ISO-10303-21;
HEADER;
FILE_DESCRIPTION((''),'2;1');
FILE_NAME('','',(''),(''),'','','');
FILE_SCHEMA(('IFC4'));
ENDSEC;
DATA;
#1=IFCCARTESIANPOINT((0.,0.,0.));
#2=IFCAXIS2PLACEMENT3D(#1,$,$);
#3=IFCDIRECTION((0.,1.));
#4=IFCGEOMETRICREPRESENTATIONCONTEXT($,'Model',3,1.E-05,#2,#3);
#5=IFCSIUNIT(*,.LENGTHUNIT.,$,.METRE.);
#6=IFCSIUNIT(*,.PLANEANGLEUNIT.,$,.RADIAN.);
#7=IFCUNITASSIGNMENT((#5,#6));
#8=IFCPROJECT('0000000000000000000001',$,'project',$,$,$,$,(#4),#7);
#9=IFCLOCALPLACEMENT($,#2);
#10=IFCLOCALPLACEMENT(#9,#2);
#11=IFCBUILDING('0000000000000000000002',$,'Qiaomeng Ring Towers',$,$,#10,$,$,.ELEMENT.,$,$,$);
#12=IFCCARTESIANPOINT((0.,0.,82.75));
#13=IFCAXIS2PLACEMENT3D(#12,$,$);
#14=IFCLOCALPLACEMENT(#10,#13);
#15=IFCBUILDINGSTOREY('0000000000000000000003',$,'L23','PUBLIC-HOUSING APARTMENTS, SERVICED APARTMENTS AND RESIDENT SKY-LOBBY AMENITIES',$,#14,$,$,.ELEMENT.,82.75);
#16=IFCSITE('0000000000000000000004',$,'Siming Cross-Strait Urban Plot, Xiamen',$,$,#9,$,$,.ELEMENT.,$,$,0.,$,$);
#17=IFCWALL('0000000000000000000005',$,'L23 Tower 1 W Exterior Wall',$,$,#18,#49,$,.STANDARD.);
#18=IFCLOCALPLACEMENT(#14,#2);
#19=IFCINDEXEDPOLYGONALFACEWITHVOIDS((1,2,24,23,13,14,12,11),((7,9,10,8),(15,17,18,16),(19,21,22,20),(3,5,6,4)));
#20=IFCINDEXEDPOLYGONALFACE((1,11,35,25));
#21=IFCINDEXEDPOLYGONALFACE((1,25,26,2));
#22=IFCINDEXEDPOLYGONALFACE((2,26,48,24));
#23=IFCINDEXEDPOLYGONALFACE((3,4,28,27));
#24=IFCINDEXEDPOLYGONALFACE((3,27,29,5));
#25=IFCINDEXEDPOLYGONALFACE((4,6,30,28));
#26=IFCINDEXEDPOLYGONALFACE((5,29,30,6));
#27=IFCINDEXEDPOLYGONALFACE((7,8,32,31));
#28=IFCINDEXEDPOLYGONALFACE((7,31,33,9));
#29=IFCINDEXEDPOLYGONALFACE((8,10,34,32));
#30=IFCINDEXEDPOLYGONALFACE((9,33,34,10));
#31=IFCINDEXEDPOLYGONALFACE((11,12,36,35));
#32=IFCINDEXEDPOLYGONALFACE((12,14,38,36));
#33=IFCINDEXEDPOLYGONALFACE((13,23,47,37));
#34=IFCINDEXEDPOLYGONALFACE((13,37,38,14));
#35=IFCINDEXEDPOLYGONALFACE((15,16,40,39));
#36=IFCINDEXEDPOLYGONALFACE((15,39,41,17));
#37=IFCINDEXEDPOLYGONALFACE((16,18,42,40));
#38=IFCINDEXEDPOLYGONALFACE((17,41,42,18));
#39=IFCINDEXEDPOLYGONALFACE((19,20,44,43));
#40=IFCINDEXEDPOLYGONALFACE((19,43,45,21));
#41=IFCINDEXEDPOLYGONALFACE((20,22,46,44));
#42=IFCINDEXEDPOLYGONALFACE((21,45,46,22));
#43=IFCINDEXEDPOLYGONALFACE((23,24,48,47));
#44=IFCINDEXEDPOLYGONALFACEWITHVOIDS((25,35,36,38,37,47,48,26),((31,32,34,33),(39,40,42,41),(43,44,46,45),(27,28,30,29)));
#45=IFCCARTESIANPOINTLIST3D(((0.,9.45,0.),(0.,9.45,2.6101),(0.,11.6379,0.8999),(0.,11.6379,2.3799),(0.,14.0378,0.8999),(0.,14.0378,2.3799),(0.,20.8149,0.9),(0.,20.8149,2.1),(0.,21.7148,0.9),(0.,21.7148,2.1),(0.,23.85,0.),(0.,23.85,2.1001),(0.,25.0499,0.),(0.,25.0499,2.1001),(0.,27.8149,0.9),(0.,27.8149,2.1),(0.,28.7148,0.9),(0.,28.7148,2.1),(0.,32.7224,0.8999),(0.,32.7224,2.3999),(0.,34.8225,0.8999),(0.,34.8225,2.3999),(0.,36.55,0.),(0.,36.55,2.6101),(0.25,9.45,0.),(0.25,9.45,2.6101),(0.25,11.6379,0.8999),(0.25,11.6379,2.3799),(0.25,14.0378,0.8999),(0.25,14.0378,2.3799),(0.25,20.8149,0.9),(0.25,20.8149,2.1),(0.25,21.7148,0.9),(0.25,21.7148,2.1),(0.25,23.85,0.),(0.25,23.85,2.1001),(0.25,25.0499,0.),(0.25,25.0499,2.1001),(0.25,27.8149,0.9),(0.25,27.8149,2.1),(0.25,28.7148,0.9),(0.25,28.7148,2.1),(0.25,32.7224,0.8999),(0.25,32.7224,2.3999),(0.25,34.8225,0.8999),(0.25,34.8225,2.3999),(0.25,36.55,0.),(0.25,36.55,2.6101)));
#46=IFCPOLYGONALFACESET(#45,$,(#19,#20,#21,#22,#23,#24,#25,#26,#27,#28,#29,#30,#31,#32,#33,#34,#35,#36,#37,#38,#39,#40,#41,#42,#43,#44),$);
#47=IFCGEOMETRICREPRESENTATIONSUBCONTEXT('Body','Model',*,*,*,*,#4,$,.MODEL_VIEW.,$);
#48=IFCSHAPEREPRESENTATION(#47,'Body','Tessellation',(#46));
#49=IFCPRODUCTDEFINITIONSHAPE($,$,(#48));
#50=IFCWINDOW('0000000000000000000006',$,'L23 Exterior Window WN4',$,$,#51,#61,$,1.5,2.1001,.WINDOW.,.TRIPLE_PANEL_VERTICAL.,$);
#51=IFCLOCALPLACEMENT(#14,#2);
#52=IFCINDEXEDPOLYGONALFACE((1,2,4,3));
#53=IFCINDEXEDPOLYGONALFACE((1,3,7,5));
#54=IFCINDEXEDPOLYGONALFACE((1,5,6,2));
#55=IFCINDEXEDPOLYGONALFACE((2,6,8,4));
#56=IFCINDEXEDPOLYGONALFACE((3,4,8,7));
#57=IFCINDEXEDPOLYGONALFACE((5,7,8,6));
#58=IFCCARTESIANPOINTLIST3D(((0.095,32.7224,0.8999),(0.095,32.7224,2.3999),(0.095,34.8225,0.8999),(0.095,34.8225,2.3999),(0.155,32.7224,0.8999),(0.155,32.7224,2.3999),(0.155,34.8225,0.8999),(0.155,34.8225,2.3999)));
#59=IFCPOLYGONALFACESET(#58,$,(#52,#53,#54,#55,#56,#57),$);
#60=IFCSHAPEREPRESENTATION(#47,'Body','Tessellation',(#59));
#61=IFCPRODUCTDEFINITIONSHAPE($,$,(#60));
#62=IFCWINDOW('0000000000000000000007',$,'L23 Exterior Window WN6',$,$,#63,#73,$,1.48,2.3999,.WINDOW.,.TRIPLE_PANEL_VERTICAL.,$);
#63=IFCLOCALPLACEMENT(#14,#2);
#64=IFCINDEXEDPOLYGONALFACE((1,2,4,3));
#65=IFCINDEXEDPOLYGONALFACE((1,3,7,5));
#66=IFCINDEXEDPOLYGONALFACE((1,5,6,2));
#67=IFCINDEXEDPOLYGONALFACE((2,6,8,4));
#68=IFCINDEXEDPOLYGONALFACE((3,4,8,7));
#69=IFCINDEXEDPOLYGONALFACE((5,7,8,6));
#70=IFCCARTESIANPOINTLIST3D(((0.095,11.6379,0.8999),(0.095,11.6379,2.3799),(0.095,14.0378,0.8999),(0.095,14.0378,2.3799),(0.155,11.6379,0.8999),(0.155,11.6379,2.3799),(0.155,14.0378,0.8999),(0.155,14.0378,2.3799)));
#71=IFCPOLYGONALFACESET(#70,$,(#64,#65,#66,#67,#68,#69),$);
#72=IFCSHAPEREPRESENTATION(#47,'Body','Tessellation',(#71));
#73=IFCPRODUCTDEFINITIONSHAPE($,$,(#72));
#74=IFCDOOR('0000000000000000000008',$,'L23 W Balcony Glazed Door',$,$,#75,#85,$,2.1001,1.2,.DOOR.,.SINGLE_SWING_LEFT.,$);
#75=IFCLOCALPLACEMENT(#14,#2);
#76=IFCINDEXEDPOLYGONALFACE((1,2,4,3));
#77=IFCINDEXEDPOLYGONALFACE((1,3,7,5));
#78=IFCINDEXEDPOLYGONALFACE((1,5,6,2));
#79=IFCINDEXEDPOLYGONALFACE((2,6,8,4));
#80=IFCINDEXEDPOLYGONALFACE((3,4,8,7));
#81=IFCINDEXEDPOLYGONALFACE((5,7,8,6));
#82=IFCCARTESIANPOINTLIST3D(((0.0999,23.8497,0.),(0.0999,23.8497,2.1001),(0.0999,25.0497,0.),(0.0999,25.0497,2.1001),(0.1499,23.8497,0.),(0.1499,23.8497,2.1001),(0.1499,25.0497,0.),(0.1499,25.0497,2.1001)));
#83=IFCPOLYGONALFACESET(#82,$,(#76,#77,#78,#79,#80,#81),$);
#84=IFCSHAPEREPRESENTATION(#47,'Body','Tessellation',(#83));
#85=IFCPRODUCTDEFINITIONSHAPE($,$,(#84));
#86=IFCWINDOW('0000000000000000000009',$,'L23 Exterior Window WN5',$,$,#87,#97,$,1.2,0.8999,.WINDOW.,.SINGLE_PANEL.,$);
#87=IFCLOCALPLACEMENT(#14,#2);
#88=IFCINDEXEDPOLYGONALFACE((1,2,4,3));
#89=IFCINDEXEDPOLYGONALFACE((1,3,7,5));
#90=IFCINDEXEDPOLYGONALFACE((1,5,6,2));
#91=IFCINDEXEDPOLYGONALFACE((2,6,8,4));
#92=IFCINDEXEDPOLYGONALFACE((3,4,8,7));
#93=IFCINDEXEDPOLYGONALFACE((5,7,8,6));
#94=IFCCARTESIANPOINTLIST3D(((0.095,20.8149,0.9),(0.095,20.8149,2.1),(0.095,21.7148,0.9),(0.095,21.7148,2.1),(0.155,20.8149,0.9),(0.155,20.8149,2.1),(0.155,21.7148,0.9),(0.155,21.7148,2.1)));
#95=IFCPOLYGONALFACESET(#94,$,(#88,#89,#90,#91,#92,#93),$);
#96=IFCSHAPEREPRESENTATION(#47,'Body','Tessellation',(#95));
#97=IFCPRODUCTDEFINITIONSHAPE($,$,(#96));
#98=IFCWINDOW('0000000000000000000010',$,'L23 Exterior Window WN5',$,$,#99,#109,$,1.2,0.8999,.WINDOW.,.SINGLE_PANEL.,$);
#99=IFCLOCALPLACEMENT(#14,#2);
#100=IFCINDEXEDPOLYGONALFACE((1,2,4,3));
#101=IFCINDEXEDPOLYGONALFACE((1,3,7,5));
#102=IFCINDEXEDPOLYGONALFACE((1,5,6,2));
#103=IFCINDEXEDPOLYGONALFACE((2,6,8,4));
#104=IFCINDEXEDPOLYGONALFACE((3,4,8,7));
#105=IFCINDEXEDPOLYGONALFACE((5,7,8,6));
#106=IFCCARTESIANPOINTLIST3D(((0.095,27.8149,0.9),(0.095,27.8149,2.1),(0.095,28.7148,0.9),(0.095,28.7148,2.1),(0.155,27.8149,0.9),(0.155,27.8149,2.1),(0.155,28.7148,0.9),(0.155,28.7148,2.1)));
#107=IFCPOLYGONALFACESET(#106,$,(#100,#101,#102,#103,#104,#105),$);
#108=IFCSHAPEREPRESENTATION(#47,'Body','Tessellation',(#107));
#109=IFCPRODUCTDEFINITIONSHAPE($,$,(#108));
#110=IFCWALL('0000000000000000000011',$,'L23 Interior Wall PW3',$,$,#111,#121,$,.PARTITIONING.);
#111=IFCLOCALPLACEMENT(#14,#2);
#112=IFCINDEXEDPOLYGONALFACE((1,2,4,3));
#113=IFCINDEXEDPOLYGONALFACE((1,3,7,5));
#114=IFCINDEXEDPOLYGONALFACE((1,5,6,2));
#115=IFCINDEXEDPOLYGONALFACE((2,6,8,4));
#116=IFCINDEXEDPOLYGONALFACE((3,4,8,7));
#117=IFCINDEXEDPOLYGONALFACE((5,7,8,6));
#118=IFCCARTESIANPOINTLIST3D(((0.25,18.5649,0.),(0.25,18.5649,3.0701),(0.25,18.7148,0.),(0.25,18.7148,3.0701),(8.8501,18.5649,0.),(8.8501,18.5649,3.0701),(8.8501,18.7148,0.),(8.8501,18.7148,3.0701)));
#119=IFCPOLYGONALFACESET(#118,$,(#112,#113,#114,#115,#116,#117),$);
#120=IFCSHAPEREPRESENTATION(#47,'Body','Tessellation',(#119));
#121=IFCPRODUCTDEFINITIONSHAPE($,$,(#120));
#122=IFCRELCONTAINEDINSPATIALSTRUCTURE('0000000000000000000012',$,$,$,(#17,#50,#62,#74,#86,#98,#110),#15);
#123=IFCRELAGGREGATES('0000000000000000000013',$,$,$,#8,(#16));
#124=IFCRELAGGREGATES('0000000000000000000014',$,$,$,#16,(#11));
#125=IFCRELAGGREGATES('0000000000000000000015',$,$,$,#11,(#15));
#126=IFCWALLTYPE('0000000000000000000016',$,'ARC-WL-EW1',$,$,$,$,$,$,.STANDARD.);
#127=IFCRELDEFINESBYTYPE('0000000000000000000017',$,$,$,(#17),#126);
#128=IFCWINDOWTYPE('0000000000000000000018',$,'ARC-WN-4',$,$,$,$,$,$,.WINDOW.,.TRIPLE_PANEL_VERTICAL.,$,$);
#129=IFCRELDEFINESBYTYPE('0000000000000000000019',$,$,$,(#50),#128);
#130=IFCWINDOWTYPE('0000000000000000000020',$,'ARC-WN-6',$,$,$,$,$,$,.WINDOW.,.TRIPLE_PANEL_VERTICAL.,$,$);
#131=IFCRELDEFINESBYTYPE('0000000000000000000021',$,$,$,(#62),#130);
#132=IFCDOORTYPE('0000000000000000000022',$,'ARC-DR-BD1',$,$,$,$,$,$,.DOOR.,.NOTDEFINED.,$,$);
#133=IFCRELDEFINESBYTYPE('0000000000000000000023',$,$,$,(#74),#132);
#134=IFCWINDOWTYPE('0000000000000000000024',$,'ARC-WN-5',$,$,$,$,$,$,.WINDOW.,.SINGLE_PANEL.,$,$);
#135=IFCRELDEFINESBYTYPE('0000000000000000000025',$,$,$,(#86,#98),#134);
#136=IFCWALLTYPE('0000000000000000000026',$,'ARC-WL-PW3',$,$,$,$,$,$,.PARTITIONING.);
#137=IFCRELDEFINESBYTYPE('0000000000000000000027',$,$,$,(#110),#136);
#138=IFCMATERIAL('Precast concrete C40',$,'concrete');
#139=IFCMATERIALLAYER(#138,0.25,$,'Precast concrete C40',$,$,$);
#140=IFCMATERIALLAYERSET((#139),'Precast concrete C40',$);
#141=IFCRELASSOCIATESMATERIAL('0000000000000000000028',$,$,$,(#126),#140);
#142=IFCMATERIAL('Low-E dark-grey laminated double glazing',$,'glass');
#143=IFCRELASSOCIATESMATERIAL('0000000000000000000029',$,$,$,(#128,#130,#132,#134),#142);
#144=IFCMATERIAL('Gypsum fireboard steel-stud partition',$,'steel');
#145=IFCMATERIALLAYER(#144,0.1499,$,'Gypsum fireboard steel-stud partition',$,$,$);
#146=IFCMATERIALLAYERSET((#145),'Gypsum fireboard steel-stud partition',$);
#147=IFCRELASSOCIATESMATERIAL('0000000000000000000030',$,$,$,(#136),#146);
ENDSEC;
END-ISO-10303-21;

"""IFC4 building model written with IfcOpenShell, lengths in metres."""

from ifc_helpers import new_model, si_unit, direction, frame, frame_2d, origin, place, context, subcontext, project, spatial, rectangle, extrude, source, transform, mapped, material, layer, layer_set, type_object, element, fill, save


model = new_model("IFC4")

# Units and contexts
model_context = context("Model", 3, precision=1e-05, world=origin(), true_north=direction((0.0, 1.0)))
body_context = subcontext(model_context, "Body", "Model", "MODEL_VIEW")
ifc_project = project(units=[si_unit("LENGTHUNIT", "METRE"), si_unit("PLANEANGLEUNIT", "RADIAN")], contexts=[model_context])

# Site, building, storey
site_placement = place(None, origin())
site = spatial("IfcSite", under=ifc_project, at=site_placement, Name="Siming Cross-Strait Urban Plot, Xiamen", CompositionType="ELEMENT", RefElevation=0.0)
building_placement = place(site_placement, origin())
building = spatial("IfcBuilding", under=site, at=building_placement, Name="Qiaomeng Ring Towers", CompositionType="ELEMENT")
storey_placement = place(building_placement, frame((0.0, 0.0, 82.75)))
storey = spatial("IfcBuildingStorey", under=building, at=storey_placement, Name="L23", Description="PUBLIC-HOUSING APARTMENTS, SERVICED APARTMENTS AND RESIDENT SKY-LOBBY AMENITIES", CompositionType="ELEMENT", Elevation=82.75)

# Wall, openings, windows, door
ifc_material_1 = material(Name="Precast concrete C40", Category="concrete")
ifc_layer_1 = layer(ifc_material_1, 0.25, Name="Precast concrete C40")
ifc_layer_set_1 = layer_set([ifc_layer_1], Name="Precast concrete C40")
wall_type_1 = type_object("IfcWallType", Name="ARC-WL-EW1", PredefinedType="STANDARD", material=ifc_layer_set_1)
wall_1_placement = place(storey_placement, frame((0.125, 9.45, 0.0), z_axis=(0.0, 0.0, 1.0), x_axis=(0.0, 1.0, 0.0)))
wall_1 = element("IfcWall", 1, at=wall_1_placement, inside=storey, type_object=wall_type_1, Name="L23 Tower 1 W Exterior Wall", PredefinedType="STANDARD", context=body_context, shape_type="SweptSolid", body=[
    extrude(rectangle(XDim=27.1001, YDim=0.25, at=frame_2d((13.55, 0.0))), origin(), (0.0, 0.0, 1.0), 2.6101),
])
opening_1_placement = place(wall_1_placement, frame((14.3999, 0.0, 0.0)))
opening_1 = element("IfcOpeningElement", 2, at=opening_1_placement, cuts=wall_1, PredefinedType="OPENING", context=body_context, shape_type="SweptSolid", body=[
    extrude(rectangle(XDim=1.2, YDim=2.1001, at=frame_2d((0.6001, 1.05))), frame((0.0, 0.135, 0.0), z_axis=(0.0, -1.0, 0.0), x_axis=(1.0, 0.0, 0.0)), (0.0, 0.0, 1.0), 0.27),
])
opening_2_placement = place(wall_1_placement, frame((2.188, 0.0, 0.8999)))
opening_2 = element("IfcOpeningElement", 3, at=opening_2_placement, cuts=wall_1, PredefinedType="OPENING", context=body_context, shape_type="SweptSolid", body=[
    extrude(rectangle(XDim=2.3999, YDim=1.48, at=frame_2d((1.2, 0.74))), frame((0.0, 0.135, 0.0), z_axis=(0.0, -1.0, 0.0), x_axis=(1.0, 0.0, 0.0)), (0.0, 0.0, 1.0), 0.27),
])
opening_3_placement = place(wall_1_placement, frame((23.2725, 0.0, 0.8999)))
opening_3 = element("IfcOpeningElement", 4, at=opening_3_placement, cuts=wall_1, PredefinedType="OPENING", context=body_context, shape_type="SweptSolid", body=[
    extrude(rectangle(XDim=2.1001, YDim=1.5, at=frame_2d((1.05, 0.75))), frame((0.0, 0.135, 0.0), z_axis=(0.0, -1.0, 0.0), x_axis=(1.0, 0.0, 0.0)), (0.0, 0.0, 1.0), 0.27),
])
opening_4_placement = place(wall_1_placement, frame((11.365, 0.0, 0.8999)))
opening_4 = element("IfcOpeningElement", 5, at=opening_4_placement, cuts=wall_1, PredefinedType="OPENING", context=body_context, shape_type="SweptSolid", body=[
    extrude(rectangle(XDim=0.8999, YDim=1.2, at=frame_2d((0.45, 0.6001))), frame((0.0, 0.135, 0.0), z_axis=(0.0, -1.0, 0.0), x_axis=(1.0, 0.0, 0.0)), (0.0, 0.0, 1.0), 0.27),
])
opening_5_placement = place(wall_1_placement, frame((18.365, 0.0, 0.8999)))
opening_5 = element("IfcOpeningElement", 6, at=opening_5_placement, cuts=wall_1, PredefinedType="OPENING", context=body_context, shape_type="SweptSolid", body=[
    extrude(rectangle(XDim=0.8999, YDim=1.2, at=frame_2d((0.45, 0.6001))), frame((0.0, 0.135, 0.0), z_axis=(0.0, -1.0, 0.0), x_axis=(1.0, 0.0, 0.0)), (0.0, 0.0, 1.0), 0.27),
])
ifc_material_2 = material(Name="Low-E dark-grey laminated double glazing", Category="glass")
window_type_1 = type_object("IfcWindowType", Name="ARC-WN-4", PartitioningType="TRIPLE_PANEL_VERTICAL", PredefinedType="WINDOW", material=ifc_material_2)
shared_shape_1 = source(origin(), body_context, "Body", "SweptSolid", [
    extrude(rectangle(XDim=2.1001, YDim=1.5, at=frame_2d((1.05, 0.75))), frame((0.0, 0.03, 0.0), z_axis=(0.0, -1.0, 0.0), x_axis=(1.0, 0.0, 0.0)), (0.0, 0.0, 1.0), 0.0601),
])
window_1_placement = place(opening_3_placement, origin())
window_1 = element("IfcWindow", 7, at=window_1_placement, inside=storey, type_object=window_type_1, Name="L23 Exterior Window WN4", OverallHeight=1.5, OverallWidth=2.1001, PartitioningType="TRIPLE_PANEL_VERTICAL", PredefinedType="WINDOW", context=body_context, shape_type="MappedRepresentation", body=[
    mapped(shared_shape_1, transform((0.0, 0.0, 0.0), x_axis=(1.0, 0.0, 0.0), y_axis=(0.0, 1.0, 0.0), z_axis=(0.0, 0.0, 1.0), scale=1.0)),
])
fill(opening_3, window_1)
window_type_2 = type_object("IfcWindowType", Name="ARC-WN-6", PartitioningType="TRIPLE_PANEL_VERTICAL", PredefinedType="WINDOW", material=ifc_material_2)
shared_shape_2 = source(origin(), body_context, "Body", "SweptSolid", [
    extrude(rectangle(XDim=2.3999, YDim=1.48, at=frame_2d((1.2, 0.74))), frame((0.0, 0.03, 0.0), z_axis=(0.0, -1.0, 0.0), x_axis=(1.0, 0.0, 0.0)), (0.0, 0.0, 1.0), 0.0601),
])
window_2_placement = place(opening_2_placement, origin())
window_2 = element("IfcWindow", 8, at=window_2_placement, inside=storey, type_object=window_type_2, Name="L23 Exterior Window WN6", OverallHeight=1.48, OverallWidth=2.3999, PartitioningType="TRIPLE_PANEL_VERTICAL", PredefinedType="WINDOW", context=body_context, shape_type="MappedRepresentation", body=[
    mapped(shared_shape_2, transform((0.0, 0.0, 0.0), x_axis=(1.0, 0.0, 0.0), y_axis=(0.0, 1.0, 0.0), z_axis=(0.0, 0.0, 1.0), scale=1.0)),
])
fill(opening_2, window_2)
door_type = type_object("IfcDoorType", Name="ARC-DR-BD1", OperationType="NOTDEFINED", PredefinedType="DOOR", material=ifc_material_2)
shared_shape_3 = source(origin(), body_context, "Body", "SweptSolid", [
    extrude(rectangle(XDim=1.2, YDim=2.1001, at=frame_2d((0.6001, 1.05))), frame((0.0, 0.0249, 0.0), z_axis=(0.0, -1.0, 0.0), x_axis=(1.0, 0.0, 0.0)), (0.0, 0.0, 1.0), 0.05),
])
door_placement = place(opening_1_placement, frame((1.2, 0.0, 0.0), z_axis=(0.0, 0.0, 1.0), x_axis=(-1.0, 0.0, 0.0)))
door = element("IfcDoor", 9, at=door_placement, inside=storey, type_object=door_type, Name="L23 W Balcony Glazed Door", OperationType="SINGLE_SWING_LEFT", OverallHeight=2.1001, OverallWidth=1.2, PredefinedType="DOOR", context=body_context, shape_type="MappedRepresentation", body=[
    mapped(shared_shape_3, transform((0.0, 0.0, 0.0), x_axis=(1.0, 0.0, 0.0), y_axis=(0.0, 1.0, 0.0), z_axis=(0.0, 0.0, 1.0), scale=1.0)),
])
fill(opening_1, door)
window_type_3 = type_object("IfcWindowType", Name="ARC-WN-5", PartitioningType="SINGLE_PANEL", PredefinedType="WINDOW", material=ifc_material_2)
shared_shape_4 = source(origin(), body_context, "Body", "SweptSolid", [
    extrude(rectangle(XDim=0.8999, YDim=1.2, at=frame_2d((0.45, 0.6001))), frame((0.0, 0.03, 0.0), z_axis=(0.0, -1.0, 0.0), x_axis=(1.0, 0.0, 0.0)), (0.0, 0.0, 1.0), 0.0601),
])
window_3_placement = place(opening_4_placement, origin())
window_3 = element("IfcWindow", 10, at=window_3_placement, inside=storey, type_object=window_type_3, Name="L23 Exterior Window WN5", OverallHeight=1.2, OverallWidth=0.8999, PartitioningType="SINGLE_PANEL", PredefinedType="WINDOW", context=body_context, shape_type="MappedRepresentation", body=[
    mapped(shared_shape_4, transform((0.0, 0.0, 0.0), x_axis=(1.0, 0.0, 0.0), y_axis=(0.0, 1.0, 0.0), z_axis=(0.0, 0.0, 1.0), scale=1.0)),
])
fill(opening_4, window_3)
window_4_placement = place(opening_5_placement, origin())
window_4 = element("IfcWindow", 11, at=window_4_placement, inside=storey, type_object=window_type_3, Name="L23 Exterior Window WN5", OverallHeight=1.2, OverallWidth=0.8999, PartitioningType="SINGLE_PANEL", PredefinedType="WINDOW", context=body_context, shape_type="MappedRepresentation", body=[
    mapped(shared_shape_4, transform((0.0, 0.0, 0.0), x_axis=(1.0, 0.0, 0.0), y_axis=(0.0, 1.0, 0.0), z_axis=(0.0, 0.0, 1.0), scale=1.0)),
])
fill(opening_5, window_4)

# Wall
ifc_material_3 = material(Name="Gypsum fireboard steel-stud partition", Category="steel")
ifc_layer_2 = layer(ifc_material_3, 0.1499, Name="Gypsum fireboard steel-stud partition")
ifc_layer_set_2 = layer_set([ifc_layer_2], Name="Gypsum fireboard steel-stud partition")
wall_type_2 = type_object("IfcWallType", Name="ARC-WL-PW3", PredefinedType="PARTITIONING", material=ifc_layer_set_2)
wall_2_placement = place(storey_placement, frame((0.25, 18.6399, 0.0), z_axis=(0.0, 0.0, 1.0), x_axis=(1.0, 0.0, 0.0)))
element("IfcWall", 12, at=wall_2_placement, inside=storey, type_object=wall_type_2, Name="L23 Interior Wall PW3", PredefinedType="PARTITIONING", context=body_context, shape_type="SweptSolid", body=[
    extrude(rectangle(XDim=8.6001, YDim=0.1499, at=frame_2d((4.3, 0.0))), origin(), (0.0, 0.0, 1.0), 3.0701),
])

save(model, "model.ifc")
